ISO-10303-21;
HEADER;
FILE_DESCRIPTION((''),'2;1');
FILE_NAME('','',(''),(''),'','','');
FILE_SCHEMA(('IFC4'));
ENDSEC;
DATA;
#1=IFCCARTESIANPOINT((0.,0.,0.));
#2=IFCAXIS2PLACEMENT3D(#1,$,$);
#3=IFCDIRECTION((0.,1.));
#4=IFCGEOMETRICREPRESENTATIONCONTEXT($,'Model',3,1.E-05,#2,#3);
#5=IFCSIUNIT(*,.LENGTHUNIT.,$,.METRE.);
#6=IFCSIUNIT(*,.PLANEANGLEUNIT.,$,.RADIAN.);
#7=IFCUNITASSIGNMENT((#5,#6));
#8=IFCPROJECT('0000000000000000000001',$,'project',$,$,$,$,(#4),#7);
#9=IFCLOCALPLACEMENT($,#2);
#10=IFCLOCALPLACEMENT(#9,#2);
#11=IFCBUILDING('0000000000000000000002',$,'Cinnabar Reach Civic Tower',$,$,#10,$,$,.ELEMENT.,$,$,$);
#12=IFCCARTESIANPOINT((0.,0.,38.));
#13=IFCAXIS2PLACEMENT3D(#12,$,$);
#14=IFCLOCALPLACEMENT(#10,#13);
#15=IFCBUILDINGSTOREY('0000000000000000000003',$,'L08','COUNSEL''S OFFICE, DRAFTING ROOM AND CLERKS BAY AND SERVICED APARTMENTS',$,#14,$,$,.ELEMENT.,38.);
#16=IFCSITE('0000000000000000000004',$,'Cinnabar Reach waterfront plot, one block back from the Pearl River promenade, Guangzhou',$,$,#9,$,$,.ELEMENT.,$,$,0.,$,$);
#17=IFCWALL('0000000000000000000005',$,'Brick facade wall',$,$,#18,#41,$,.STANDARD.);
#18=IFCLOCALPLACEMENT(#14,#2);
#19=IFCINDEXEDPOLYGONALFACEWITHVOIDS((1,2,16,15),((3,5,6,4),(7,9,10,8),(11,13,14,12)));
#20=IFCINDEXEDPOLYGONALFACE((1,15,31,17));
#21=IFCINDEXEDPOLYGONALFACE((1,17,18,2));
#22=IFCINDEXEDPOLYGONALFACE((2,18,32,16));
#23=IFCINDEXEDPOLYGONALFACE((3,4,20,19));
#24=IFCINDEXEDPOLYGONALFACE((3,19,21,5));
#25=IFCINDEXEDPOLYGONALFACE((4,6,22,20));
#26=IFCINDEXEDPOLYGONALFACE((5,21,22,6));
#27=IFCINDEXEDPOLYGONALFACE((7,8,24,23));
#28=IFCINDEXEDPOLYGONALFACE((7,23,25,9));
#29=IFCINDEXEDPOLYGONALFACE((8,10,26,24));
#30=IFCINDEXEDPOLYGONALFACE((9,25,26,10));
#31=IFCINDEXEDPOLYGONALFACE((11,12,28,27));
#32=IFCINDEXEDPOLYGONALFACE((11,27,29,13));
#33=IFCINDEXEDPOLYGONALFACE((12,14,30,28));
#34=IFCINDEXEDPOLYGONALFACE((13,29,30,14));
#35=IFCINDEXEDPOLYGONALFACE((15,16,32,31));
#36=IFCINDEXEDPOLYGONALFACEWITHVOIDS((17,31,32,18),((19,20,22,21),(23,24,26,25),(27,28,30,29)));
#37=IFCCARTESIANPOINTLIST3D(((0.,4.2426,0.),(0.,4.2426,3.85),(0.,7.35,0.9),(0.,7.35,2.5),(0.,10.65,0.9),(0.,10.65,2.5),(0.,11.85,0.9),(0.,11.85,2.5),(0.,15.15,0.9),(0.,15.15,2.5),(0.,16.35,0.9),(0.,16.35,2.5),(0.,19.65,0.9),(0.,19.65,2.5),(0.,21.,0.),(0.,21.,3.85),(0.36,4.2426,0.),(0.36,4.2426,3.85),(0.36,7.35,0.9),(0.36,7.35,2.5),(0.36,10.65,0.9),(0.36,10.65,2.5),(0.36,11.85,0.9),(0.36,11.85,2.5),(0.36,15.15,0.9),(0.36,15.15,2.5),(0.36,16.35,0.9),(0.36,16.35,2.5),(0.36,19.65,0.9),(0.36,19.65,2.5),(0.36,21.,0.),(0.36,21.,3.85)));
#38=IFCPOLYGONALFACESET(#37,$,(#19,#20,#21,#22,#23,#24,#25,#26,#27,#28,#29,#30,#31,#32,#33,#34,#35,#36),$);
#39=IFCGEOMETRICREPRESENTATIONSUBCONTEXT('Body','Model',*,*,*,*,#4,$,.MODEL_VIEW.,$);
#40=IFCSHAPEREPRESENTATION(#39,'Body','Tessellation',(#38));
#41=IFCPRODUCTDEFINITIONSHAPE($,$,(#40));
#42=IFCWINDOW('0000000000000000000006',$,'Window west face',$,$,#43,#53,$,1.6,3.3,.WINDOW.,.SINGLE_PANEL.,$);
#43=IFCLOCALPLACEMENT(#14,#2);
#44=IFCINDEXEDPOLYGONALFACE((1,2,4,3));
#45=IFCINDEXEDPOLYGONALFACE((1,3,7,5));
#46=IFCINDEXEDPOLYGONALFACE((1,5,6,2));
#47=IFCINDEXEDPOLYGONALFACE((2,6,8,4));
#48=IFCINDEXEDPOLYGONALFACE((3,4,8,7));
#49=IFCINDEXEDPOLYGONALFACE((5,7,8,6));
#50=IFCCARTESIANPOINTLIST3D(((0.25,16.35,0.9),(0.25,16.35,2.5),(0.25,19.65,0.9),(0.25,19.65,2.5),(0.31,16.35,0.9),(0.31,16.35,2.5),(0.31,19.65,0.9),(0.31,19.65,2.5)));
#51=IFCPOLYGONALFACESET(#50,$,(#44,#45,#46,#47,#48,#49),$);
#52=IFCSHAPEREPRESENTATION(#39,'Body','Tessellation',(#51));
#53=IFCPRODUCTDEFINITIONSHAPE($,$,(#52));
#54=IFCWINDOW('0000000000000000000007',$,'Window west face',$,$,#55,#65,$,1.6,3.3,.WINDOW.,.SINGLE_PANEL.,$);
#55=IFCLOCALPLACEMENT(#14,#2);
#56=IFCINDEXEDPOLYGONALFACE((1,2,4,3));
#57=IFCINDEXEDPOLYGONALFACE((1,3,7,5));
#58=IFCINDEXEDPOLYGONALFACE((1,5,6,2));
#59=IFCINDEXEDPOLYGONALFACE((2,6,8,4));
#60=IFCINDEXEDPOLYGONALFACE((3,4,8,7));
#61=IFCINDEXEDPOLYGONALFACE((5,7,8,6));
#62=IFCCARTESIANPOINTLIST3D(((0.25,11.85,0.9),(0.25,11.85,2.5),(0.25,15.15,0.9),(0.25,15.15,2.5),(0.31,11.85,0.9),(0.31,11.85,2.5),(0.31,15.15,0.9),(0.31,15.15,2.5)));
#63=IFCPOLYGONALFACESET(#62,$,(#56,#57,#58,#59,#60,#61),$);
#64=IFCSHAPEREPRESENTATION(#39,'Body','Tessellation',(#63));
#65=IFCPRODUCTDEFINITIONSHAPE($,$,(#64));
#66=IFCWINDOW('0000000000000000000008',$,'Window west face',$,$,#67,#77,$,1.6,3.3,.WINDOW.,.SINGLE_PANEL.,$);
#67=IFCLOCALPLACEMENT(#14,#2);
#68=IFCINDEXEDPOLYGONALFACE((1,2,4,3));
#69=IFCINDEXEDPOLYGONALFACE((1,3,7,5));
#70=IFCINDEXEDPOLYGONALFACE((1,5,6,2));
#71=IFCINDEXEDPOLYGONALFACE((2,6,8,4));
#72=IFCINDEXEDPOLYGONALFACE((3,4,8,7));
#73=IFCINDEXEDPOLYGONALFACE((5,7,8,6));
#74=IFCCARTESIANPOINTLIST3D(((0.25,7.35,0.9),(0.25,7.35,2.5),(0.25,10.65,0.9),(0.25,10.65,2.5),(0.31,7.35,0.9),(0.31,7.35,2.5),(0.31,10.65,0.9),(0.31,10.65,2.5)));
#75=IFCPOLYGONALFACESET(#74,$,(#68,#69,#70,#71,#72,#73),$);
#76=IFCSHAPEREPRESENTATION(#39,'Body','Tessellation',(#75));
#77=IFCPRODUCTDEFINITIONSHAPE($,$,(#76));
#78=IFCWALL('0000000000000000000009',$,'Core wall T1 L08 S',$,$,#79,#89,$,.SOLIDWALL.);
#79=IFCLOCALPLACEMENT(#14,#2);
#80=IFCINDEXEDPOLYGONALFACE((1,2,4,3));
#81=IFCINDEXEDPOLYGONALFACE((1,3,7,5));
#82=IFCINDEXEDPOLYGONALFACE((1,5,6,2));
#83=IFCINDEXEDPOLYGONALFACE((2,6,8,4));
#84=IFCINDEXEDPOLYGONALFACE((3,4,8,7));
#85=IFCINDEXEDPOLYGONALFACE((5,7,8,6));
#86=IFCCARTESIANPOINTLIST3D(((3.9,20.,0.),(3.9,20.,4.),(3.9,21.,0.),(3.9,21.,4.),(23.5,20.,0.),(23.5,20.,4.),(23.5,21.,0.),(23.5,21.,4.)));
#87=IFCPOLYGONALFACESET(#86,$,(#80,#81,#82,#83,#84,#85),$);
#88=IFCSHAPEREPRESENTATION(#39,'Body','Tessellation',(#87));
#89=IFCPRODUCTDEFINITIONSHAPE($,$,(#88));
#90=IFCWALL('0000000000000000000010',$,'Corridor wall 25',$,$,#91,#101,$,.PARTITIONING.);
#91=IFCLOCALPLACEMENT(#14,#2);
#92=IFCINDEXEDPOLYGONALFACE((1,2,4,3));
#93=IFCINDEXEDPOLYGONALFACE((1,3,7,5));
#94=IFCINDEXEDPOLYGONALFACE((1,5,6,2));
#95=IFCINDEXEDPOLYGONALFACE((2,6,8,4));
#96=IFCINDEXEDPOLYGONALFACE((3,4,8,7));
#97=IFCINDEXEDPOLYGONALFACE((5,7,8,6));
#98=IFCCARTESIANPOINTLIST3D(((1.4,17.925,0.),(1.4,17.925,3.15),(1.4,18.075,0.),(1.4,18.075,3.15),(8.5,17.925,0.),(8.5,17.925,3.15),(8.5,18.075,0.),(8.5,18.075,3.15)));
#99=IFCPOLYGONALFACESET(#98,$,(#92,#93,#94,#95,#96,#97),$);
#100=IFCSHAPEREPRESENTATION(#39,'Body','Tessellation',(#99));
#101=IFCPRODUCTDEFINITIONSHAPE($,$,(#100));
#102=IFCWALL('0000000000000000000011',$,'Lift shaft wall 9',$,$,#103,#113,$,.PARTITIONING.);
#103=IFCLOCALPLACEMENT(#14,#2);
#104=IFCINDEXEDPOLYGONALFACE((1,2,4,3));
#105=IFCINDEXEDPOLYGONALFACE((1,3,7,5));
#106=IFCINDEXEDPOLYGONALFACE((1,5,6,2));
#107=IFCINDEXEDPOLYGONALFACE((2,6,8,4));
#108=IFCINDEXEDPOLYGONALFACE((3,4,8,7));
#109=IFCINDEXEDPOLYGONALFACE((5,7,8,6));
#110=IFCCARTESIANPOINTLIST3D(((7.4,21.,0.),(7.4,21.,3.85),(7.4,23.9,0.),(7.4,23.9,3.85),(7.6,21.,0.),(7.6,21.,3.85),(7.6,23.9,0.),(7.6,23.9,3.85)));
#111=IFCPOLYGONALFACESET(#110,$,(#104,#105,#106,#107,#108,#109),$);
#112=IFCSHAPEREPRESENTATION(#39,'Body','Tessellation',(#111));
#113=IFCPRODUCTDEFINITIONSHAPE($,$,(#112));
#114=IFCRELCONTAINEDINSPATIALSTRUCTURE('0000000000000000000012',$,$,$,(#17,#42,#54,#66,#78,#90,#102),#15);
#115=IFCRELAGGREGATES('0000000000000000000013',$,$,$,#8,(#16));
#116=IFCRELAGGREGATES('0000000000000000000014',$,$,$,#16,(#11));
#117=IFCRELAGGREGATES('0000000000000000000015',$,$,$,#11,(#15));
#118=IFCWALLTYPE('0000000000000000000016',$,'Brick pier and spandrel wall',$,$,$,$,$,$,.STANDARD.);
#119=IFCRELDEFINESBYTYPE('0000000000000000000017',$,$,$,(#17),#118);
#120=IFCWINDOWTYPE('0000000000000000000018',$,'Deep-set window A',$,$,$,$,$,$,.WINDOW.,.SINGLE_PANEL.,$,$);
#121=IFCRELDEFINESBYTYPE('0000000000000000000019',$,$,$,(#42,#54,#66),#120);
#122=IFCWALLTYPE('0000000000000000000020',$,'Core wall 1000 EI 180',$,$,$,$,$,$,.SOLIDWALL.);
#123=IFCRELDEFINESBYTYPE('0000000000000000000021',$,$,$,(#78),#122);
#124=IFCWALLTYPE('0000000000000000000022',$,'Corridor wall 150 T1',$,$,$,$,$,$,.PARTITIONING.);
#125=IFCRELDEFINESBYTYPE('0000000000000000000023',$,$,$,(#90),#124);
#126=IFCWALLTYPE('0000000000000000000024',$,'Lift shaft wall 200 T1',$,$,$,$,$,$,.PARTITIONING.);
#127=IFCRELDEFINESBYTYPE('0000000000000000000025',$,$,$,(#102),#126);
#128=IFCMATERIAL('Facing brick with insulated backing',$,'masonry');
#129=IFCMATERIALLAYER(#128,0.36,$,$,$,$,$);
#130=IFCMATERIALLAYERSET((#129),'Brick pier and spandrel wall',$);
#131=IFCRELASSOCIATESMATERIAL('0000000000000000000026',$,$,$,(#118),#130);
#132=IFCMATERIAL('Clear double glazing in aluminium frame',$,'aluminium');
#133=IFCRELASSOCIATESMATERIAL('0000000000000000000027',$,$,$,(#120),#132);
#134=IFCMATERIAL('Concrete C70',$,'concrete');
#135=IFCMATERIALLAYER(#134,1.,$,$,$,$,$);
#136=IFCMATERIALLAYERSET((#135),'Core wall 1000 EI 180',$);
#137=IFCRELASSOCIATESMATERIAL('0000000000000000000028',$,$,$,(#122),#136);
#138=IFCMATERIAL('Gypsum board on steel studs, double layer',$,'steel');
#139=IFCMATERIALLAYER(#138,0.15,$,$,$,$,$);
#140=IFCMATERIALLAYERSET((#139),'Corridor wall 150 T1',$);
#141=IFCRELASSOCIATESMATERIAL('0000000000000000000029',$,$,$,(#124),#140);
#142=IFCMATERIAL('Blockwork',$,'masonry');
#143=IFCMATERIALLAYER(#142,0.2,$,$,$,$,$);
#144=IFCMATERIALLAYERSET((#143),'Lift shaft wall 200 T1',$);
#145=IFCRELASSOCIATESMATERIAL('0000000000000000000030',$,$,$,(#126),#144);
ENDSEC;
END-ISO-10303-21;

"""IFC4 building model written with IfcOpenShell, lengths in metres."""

from ifc_helpers import new_model, si_unit, direction, frame, frame_2d, origin, place, context, subcontext, project, spatial, rectangle, extrude, material, layer, layer_set, type_object, element, fill, save


model = new_model("IFC4")

# Units and contexts
model_context = context("Model", 3, precision=1e-05, world=origin(), true_north=direction((0.0, 1.0)))
body_context = subcontext(model_context, "Body", "Model", "MODEL_VIEW")
ifc_project = project(units=[si_unit("LENGTHUNIT", "METRE"), si_unit("PLANEANGLEUNIT", "RADIAN")], contexts=[model_context])

# Site, building, storey
site_placement = place(None, origin())
site = spatial("IfcSite", under=ifc_project, at=site_placement, Name="Cinnabar Reach waterfront plot, one block back from the Pearl River promenade, Guangzhou", CompositionType="ELEMENT", RefElevation=0.0)
building_placement = place(site_placement, origin())
building = spatial("IfcBuilding", under=site, at=building_placement, Name="Cinnabar Reach Civic Tower", CompositionType="ELEMENT")
storey_placement = place(building_placement, frame((0.0, 0.0, 38.0)))
storey = spatial("IfcBuildingStorey", under=building, at=storey_placement, Name="L08", Description="COUNSEL'S OFFICE, DRAFTING ROOM AND CLERKS BAY AND SERVICED APARTMENTS", CompositionType="ELEMENT", Elevation=38.0)

# Shared definitions
ifc_material_1 = material(Name="Concrete C70", Category="concrete")

# Wall, openings, windows
ifc_material_2 = material(Name="Facing brick with insulated backing", Category="masonry")
ifc_layer_1 = layer(ifc_material_2, 0.36)
ifc_layer_set_1 = layer_set([ifc_layer_1], Name="Brick pier and spandrel wall")
wall_type_1 = type_object("IfcWallType", Name="Brick pier and spandrel wall", PredefinedType="STANDARD", material=ifc_layer_set_1)
wall_1_placement = place(storey_placement, frame((0.18, 21.0, 0.0), z_axis=(0.0, 0.0, 1.0), x_axis=(0.0, -1.0, 0.0)))
wall_1 = element("IfcWall", 1, at=wall_1_placement, inside=storey, type_object=wall_type_1, Name="Brick facade wall", PredefinedType="STANDARD", context=body_context, shape_type="SweptSolid", body=[
    extrude(rectangle(XDim=16.7574, YDim=0.36, at=frame_2d((8.3787, 0.0))), origin(), (0.0, 0.0, 1.0), 3.85),
])
opening_1_placement = place(wall_1_placement, frame((1.35, 0.0, 0.9)))
opening_1 = element("IfcOpeningElement", 2, at=opening_1_placement, cuts=wall_1, PredefinedType="OPENING", context=body_context, shape_type="SweptSolid", body=[
    extrude(rectangle(XDim=3.3, YDim=1.6, at=frame_2d((1.65, 0.8))), frame((0.0, 0.19, 0.0), z_axis=(0.0, -1.0, 0.0), x_axis=(1.0, 0.0, 0.0)), (0.0, 0.0, 1.0), 0.38),
])
opening_2_placement = place(wall_1_placement, frame((5.85, 0.0, 0.9)))
opening_2 = element("IfcOpeningElement", 3, at=opening_2_placement, cuts=wall_1, PredefinedType="OPENING", context=body_context, shape_type="SweptSolid", body=[
    extrude(rectangle(XDim=3.3, YDim=1.6, at=frame_2d((1.65, 0.8))), frame((0.0, 0.19, 0.0), z_axis=(0.0, -1.0, 0.0), x_axis=(1.0, 0.0, 0.0)), (0.0, 0.0, 1.0), 0.38),
])
opening_3_placement = place(wall_1_placement, frame((10.35, 0.0, 0.9)))
opening_3 = element("IfcOpeningElement", 4, at=opening_3_placement, cuts=wall_1, PredefinedType="OPENING", context=body_context, shape_type="SweptSolid", body=[
    extrude(rectangle(XDim=3.3, YDim=1.6, at=frame_2d((1.65, 0.8))), frame((0.0, 0.19, 0.0), z_axis=(0.0, -1.0, 0.0), x_axis=(1.0, 0.0, 0.0)), (0.0, 0.0, 1.0), 0.38),
])
ifc_material_3 = material(Name="Clear double glazing in aluminium frame", Category="aluminium")
window_type = type_object("IfcWindowType", Name="Deep-set window A", PartitioningType="SINGLE_PANEL", PredefinedType="WINDOW", material=ifc_material_3)
window_1_placement = place(opening_1_placement, origin())
window_1 = element("IfcWindow", 5, at=window_1_placement, inside=storey, type_object=window_type, Name="Window west face", OverallHeight=1.6, OverallWidth=3.3, PartitioningType="SINGLE_PANEL", PredefinedType="WINDOW", context=body_context, shape_type="SweptSolid", body=[
    extrude(rectangle(XDim=3.3, YDim=1.6, at=frame_2d((1.65, 0.8))), frame((0.0, 0.13, 0.0), z_axis=(0.0, -1.0, 0.0), x_axis=(1.0, 0.0, 0.0)), (0.0, 0.0, 1.0), 0.06),
])
fill(opening_1, window_1)
window_2_placement = place(opening_2_placement, origin())
window_2 = element("IfcWindow", 6, at=window_2_placement, inside=storey, type_object=window_type, Name="Window west face", OverallHeight=1.6, OverallWidth=3.3, PartitioningType="SINGLE_PANEL", PredefinedType="WINDOW", context=body_context, shape_type="SweptSolid", body=[
    extrude(rectangle(XDim=3.3, YDim=1.6, at=frame_2d((1.65, 0.8))), frame((0.0, 0.13, 0.0), z_axis=(0.0, -1.0, 0.0), x_axis=(1.0, 0.0, 0.0)), (0.0, 0.0, 1.0), 0.06),
])
fill(opening_2, window_2)
window_3_placement = place(opening_3_placement, origin())
window_3 = element("IfcWindow", 7, at=window_3_placement, inside=storey, type_object=window_type, Name="Window west face", OverallHeight=1.6, OverallWidth=3.3, PartitioningType="SINGLE_PANEL", PredefinedType="WINDOW", context=body_context, shape_type="SweptSolid", body=[
    extrude(rectangle(XDim=3.3, YDim=1.6, at=frame_2d((1.65, 0.8))), frame((0.0, 0.13, 0.0), z_axis=(0.0, -1.0, 0.0), x_axis=(1.0, 0.0, 0.0)), (0.0, 0.0, 1.0), 0.06),
])
fill(opening_3, window_3)

# Walls
ifc_layer_2 = layer(ifc_material_1, 1.0)
ifc_layer_set_2 = layer_set([ifc_layer_2], Name="Core wall 1000 EI 180")
wall_type_2 = type_object("IfcWallType", Name="Core wall 1000 EI 180", PredefinedType="SOLIDWALL", material=ifc_layer_set_2)
wall_2_placement = place(storey_placement, frame((3.9, 20.5, 0.0), z_axis=(0.0, 0.0, 1.0), x_axis=(1.0, 0.0, 0.0)))
element("IfcWall", 8, at=wall_2_placement, inside=storey, type_object=wall_type_2, Name="Core wall T1 L08 S", PredefinedType="SOLIDWALL", context=body_context, shape_type="SweptSolid", body=[
    extrude(rectangle(XDim=19.6, YDim=1.0, at=frame_2d((9.8, 0.0))), origin(), (0.0, 0.0, 1.0), 4.0),
])
ifc_material_4 = material(Name="Gypsum board on steel studs, double layer", Category="steel")
ifc_layer_3 = layer(ifc_material_4, 0.15)
ifc_layer_set_3 = layer_set([ifc_layer_3], Name="Corridor wall 150 T1")
wall_type_3 = type_object("IfcWallType", Name="Corridor wall 150 T1", PredefinedType="PARTITIONING", material=ifc_layer_set_3)
wall_3_placement = place(storey_placement, frame((1.4, 18.0, 0.0), z_axis=(0.0, 0.0, 1.0), x_axis=(1.0, 0.0, 0.0)))
element("IfcWall", 9, at=wall_3_placement, inside=storey, type_object=wall_type_3, Name="Corridor wall 25", PredefinedType="PARTITIONING", context=body_context, shape_type="SweptSolid", body=[
    extrude(rectangle(XDim=7.1, YDim=0.15, at=frame_2d((3.55, 0.0))), origin(), (0.0, 0.0, 1.0), 3.15),
])
ifc_material_5 = material(Name="Blockwork", Category="masonry")
ifc_layer_4 = layer(ifc_material_5, 0.2)
ifc_layer_set_4 = layer_set([ifc_layer_4], Name="Lift shaft wall 200 T1")
wall_type_4 = type_object("IfcWallType", Name="Lift shaft wall 200 T1", PredefinedType="PARTITIONING", material=ifc_layer_set_4)
wall_4_placement = place(storey_placement, frame((7.5, 21.0, 0.0), z_axis=(0.0, 0.0, 1.0), x_axis=(0.0, 1.0, 0.0)))
element("IfcWall", 10, at=wall_4_placement, inside=storey, type_object=wall_type_4, Name="Lift shaft wall 9", PredefinedType="PARTITIONING", context=body_context, shape_type="SweptSolid", body=[
    extrude(rectangle(XDim=2.9, YDim=0.2, at=frame_2d((1.45, 0.0))), origin(), (0.0, 0.0, 1.0), 3.85),
])

save(model, "model.ifc")
